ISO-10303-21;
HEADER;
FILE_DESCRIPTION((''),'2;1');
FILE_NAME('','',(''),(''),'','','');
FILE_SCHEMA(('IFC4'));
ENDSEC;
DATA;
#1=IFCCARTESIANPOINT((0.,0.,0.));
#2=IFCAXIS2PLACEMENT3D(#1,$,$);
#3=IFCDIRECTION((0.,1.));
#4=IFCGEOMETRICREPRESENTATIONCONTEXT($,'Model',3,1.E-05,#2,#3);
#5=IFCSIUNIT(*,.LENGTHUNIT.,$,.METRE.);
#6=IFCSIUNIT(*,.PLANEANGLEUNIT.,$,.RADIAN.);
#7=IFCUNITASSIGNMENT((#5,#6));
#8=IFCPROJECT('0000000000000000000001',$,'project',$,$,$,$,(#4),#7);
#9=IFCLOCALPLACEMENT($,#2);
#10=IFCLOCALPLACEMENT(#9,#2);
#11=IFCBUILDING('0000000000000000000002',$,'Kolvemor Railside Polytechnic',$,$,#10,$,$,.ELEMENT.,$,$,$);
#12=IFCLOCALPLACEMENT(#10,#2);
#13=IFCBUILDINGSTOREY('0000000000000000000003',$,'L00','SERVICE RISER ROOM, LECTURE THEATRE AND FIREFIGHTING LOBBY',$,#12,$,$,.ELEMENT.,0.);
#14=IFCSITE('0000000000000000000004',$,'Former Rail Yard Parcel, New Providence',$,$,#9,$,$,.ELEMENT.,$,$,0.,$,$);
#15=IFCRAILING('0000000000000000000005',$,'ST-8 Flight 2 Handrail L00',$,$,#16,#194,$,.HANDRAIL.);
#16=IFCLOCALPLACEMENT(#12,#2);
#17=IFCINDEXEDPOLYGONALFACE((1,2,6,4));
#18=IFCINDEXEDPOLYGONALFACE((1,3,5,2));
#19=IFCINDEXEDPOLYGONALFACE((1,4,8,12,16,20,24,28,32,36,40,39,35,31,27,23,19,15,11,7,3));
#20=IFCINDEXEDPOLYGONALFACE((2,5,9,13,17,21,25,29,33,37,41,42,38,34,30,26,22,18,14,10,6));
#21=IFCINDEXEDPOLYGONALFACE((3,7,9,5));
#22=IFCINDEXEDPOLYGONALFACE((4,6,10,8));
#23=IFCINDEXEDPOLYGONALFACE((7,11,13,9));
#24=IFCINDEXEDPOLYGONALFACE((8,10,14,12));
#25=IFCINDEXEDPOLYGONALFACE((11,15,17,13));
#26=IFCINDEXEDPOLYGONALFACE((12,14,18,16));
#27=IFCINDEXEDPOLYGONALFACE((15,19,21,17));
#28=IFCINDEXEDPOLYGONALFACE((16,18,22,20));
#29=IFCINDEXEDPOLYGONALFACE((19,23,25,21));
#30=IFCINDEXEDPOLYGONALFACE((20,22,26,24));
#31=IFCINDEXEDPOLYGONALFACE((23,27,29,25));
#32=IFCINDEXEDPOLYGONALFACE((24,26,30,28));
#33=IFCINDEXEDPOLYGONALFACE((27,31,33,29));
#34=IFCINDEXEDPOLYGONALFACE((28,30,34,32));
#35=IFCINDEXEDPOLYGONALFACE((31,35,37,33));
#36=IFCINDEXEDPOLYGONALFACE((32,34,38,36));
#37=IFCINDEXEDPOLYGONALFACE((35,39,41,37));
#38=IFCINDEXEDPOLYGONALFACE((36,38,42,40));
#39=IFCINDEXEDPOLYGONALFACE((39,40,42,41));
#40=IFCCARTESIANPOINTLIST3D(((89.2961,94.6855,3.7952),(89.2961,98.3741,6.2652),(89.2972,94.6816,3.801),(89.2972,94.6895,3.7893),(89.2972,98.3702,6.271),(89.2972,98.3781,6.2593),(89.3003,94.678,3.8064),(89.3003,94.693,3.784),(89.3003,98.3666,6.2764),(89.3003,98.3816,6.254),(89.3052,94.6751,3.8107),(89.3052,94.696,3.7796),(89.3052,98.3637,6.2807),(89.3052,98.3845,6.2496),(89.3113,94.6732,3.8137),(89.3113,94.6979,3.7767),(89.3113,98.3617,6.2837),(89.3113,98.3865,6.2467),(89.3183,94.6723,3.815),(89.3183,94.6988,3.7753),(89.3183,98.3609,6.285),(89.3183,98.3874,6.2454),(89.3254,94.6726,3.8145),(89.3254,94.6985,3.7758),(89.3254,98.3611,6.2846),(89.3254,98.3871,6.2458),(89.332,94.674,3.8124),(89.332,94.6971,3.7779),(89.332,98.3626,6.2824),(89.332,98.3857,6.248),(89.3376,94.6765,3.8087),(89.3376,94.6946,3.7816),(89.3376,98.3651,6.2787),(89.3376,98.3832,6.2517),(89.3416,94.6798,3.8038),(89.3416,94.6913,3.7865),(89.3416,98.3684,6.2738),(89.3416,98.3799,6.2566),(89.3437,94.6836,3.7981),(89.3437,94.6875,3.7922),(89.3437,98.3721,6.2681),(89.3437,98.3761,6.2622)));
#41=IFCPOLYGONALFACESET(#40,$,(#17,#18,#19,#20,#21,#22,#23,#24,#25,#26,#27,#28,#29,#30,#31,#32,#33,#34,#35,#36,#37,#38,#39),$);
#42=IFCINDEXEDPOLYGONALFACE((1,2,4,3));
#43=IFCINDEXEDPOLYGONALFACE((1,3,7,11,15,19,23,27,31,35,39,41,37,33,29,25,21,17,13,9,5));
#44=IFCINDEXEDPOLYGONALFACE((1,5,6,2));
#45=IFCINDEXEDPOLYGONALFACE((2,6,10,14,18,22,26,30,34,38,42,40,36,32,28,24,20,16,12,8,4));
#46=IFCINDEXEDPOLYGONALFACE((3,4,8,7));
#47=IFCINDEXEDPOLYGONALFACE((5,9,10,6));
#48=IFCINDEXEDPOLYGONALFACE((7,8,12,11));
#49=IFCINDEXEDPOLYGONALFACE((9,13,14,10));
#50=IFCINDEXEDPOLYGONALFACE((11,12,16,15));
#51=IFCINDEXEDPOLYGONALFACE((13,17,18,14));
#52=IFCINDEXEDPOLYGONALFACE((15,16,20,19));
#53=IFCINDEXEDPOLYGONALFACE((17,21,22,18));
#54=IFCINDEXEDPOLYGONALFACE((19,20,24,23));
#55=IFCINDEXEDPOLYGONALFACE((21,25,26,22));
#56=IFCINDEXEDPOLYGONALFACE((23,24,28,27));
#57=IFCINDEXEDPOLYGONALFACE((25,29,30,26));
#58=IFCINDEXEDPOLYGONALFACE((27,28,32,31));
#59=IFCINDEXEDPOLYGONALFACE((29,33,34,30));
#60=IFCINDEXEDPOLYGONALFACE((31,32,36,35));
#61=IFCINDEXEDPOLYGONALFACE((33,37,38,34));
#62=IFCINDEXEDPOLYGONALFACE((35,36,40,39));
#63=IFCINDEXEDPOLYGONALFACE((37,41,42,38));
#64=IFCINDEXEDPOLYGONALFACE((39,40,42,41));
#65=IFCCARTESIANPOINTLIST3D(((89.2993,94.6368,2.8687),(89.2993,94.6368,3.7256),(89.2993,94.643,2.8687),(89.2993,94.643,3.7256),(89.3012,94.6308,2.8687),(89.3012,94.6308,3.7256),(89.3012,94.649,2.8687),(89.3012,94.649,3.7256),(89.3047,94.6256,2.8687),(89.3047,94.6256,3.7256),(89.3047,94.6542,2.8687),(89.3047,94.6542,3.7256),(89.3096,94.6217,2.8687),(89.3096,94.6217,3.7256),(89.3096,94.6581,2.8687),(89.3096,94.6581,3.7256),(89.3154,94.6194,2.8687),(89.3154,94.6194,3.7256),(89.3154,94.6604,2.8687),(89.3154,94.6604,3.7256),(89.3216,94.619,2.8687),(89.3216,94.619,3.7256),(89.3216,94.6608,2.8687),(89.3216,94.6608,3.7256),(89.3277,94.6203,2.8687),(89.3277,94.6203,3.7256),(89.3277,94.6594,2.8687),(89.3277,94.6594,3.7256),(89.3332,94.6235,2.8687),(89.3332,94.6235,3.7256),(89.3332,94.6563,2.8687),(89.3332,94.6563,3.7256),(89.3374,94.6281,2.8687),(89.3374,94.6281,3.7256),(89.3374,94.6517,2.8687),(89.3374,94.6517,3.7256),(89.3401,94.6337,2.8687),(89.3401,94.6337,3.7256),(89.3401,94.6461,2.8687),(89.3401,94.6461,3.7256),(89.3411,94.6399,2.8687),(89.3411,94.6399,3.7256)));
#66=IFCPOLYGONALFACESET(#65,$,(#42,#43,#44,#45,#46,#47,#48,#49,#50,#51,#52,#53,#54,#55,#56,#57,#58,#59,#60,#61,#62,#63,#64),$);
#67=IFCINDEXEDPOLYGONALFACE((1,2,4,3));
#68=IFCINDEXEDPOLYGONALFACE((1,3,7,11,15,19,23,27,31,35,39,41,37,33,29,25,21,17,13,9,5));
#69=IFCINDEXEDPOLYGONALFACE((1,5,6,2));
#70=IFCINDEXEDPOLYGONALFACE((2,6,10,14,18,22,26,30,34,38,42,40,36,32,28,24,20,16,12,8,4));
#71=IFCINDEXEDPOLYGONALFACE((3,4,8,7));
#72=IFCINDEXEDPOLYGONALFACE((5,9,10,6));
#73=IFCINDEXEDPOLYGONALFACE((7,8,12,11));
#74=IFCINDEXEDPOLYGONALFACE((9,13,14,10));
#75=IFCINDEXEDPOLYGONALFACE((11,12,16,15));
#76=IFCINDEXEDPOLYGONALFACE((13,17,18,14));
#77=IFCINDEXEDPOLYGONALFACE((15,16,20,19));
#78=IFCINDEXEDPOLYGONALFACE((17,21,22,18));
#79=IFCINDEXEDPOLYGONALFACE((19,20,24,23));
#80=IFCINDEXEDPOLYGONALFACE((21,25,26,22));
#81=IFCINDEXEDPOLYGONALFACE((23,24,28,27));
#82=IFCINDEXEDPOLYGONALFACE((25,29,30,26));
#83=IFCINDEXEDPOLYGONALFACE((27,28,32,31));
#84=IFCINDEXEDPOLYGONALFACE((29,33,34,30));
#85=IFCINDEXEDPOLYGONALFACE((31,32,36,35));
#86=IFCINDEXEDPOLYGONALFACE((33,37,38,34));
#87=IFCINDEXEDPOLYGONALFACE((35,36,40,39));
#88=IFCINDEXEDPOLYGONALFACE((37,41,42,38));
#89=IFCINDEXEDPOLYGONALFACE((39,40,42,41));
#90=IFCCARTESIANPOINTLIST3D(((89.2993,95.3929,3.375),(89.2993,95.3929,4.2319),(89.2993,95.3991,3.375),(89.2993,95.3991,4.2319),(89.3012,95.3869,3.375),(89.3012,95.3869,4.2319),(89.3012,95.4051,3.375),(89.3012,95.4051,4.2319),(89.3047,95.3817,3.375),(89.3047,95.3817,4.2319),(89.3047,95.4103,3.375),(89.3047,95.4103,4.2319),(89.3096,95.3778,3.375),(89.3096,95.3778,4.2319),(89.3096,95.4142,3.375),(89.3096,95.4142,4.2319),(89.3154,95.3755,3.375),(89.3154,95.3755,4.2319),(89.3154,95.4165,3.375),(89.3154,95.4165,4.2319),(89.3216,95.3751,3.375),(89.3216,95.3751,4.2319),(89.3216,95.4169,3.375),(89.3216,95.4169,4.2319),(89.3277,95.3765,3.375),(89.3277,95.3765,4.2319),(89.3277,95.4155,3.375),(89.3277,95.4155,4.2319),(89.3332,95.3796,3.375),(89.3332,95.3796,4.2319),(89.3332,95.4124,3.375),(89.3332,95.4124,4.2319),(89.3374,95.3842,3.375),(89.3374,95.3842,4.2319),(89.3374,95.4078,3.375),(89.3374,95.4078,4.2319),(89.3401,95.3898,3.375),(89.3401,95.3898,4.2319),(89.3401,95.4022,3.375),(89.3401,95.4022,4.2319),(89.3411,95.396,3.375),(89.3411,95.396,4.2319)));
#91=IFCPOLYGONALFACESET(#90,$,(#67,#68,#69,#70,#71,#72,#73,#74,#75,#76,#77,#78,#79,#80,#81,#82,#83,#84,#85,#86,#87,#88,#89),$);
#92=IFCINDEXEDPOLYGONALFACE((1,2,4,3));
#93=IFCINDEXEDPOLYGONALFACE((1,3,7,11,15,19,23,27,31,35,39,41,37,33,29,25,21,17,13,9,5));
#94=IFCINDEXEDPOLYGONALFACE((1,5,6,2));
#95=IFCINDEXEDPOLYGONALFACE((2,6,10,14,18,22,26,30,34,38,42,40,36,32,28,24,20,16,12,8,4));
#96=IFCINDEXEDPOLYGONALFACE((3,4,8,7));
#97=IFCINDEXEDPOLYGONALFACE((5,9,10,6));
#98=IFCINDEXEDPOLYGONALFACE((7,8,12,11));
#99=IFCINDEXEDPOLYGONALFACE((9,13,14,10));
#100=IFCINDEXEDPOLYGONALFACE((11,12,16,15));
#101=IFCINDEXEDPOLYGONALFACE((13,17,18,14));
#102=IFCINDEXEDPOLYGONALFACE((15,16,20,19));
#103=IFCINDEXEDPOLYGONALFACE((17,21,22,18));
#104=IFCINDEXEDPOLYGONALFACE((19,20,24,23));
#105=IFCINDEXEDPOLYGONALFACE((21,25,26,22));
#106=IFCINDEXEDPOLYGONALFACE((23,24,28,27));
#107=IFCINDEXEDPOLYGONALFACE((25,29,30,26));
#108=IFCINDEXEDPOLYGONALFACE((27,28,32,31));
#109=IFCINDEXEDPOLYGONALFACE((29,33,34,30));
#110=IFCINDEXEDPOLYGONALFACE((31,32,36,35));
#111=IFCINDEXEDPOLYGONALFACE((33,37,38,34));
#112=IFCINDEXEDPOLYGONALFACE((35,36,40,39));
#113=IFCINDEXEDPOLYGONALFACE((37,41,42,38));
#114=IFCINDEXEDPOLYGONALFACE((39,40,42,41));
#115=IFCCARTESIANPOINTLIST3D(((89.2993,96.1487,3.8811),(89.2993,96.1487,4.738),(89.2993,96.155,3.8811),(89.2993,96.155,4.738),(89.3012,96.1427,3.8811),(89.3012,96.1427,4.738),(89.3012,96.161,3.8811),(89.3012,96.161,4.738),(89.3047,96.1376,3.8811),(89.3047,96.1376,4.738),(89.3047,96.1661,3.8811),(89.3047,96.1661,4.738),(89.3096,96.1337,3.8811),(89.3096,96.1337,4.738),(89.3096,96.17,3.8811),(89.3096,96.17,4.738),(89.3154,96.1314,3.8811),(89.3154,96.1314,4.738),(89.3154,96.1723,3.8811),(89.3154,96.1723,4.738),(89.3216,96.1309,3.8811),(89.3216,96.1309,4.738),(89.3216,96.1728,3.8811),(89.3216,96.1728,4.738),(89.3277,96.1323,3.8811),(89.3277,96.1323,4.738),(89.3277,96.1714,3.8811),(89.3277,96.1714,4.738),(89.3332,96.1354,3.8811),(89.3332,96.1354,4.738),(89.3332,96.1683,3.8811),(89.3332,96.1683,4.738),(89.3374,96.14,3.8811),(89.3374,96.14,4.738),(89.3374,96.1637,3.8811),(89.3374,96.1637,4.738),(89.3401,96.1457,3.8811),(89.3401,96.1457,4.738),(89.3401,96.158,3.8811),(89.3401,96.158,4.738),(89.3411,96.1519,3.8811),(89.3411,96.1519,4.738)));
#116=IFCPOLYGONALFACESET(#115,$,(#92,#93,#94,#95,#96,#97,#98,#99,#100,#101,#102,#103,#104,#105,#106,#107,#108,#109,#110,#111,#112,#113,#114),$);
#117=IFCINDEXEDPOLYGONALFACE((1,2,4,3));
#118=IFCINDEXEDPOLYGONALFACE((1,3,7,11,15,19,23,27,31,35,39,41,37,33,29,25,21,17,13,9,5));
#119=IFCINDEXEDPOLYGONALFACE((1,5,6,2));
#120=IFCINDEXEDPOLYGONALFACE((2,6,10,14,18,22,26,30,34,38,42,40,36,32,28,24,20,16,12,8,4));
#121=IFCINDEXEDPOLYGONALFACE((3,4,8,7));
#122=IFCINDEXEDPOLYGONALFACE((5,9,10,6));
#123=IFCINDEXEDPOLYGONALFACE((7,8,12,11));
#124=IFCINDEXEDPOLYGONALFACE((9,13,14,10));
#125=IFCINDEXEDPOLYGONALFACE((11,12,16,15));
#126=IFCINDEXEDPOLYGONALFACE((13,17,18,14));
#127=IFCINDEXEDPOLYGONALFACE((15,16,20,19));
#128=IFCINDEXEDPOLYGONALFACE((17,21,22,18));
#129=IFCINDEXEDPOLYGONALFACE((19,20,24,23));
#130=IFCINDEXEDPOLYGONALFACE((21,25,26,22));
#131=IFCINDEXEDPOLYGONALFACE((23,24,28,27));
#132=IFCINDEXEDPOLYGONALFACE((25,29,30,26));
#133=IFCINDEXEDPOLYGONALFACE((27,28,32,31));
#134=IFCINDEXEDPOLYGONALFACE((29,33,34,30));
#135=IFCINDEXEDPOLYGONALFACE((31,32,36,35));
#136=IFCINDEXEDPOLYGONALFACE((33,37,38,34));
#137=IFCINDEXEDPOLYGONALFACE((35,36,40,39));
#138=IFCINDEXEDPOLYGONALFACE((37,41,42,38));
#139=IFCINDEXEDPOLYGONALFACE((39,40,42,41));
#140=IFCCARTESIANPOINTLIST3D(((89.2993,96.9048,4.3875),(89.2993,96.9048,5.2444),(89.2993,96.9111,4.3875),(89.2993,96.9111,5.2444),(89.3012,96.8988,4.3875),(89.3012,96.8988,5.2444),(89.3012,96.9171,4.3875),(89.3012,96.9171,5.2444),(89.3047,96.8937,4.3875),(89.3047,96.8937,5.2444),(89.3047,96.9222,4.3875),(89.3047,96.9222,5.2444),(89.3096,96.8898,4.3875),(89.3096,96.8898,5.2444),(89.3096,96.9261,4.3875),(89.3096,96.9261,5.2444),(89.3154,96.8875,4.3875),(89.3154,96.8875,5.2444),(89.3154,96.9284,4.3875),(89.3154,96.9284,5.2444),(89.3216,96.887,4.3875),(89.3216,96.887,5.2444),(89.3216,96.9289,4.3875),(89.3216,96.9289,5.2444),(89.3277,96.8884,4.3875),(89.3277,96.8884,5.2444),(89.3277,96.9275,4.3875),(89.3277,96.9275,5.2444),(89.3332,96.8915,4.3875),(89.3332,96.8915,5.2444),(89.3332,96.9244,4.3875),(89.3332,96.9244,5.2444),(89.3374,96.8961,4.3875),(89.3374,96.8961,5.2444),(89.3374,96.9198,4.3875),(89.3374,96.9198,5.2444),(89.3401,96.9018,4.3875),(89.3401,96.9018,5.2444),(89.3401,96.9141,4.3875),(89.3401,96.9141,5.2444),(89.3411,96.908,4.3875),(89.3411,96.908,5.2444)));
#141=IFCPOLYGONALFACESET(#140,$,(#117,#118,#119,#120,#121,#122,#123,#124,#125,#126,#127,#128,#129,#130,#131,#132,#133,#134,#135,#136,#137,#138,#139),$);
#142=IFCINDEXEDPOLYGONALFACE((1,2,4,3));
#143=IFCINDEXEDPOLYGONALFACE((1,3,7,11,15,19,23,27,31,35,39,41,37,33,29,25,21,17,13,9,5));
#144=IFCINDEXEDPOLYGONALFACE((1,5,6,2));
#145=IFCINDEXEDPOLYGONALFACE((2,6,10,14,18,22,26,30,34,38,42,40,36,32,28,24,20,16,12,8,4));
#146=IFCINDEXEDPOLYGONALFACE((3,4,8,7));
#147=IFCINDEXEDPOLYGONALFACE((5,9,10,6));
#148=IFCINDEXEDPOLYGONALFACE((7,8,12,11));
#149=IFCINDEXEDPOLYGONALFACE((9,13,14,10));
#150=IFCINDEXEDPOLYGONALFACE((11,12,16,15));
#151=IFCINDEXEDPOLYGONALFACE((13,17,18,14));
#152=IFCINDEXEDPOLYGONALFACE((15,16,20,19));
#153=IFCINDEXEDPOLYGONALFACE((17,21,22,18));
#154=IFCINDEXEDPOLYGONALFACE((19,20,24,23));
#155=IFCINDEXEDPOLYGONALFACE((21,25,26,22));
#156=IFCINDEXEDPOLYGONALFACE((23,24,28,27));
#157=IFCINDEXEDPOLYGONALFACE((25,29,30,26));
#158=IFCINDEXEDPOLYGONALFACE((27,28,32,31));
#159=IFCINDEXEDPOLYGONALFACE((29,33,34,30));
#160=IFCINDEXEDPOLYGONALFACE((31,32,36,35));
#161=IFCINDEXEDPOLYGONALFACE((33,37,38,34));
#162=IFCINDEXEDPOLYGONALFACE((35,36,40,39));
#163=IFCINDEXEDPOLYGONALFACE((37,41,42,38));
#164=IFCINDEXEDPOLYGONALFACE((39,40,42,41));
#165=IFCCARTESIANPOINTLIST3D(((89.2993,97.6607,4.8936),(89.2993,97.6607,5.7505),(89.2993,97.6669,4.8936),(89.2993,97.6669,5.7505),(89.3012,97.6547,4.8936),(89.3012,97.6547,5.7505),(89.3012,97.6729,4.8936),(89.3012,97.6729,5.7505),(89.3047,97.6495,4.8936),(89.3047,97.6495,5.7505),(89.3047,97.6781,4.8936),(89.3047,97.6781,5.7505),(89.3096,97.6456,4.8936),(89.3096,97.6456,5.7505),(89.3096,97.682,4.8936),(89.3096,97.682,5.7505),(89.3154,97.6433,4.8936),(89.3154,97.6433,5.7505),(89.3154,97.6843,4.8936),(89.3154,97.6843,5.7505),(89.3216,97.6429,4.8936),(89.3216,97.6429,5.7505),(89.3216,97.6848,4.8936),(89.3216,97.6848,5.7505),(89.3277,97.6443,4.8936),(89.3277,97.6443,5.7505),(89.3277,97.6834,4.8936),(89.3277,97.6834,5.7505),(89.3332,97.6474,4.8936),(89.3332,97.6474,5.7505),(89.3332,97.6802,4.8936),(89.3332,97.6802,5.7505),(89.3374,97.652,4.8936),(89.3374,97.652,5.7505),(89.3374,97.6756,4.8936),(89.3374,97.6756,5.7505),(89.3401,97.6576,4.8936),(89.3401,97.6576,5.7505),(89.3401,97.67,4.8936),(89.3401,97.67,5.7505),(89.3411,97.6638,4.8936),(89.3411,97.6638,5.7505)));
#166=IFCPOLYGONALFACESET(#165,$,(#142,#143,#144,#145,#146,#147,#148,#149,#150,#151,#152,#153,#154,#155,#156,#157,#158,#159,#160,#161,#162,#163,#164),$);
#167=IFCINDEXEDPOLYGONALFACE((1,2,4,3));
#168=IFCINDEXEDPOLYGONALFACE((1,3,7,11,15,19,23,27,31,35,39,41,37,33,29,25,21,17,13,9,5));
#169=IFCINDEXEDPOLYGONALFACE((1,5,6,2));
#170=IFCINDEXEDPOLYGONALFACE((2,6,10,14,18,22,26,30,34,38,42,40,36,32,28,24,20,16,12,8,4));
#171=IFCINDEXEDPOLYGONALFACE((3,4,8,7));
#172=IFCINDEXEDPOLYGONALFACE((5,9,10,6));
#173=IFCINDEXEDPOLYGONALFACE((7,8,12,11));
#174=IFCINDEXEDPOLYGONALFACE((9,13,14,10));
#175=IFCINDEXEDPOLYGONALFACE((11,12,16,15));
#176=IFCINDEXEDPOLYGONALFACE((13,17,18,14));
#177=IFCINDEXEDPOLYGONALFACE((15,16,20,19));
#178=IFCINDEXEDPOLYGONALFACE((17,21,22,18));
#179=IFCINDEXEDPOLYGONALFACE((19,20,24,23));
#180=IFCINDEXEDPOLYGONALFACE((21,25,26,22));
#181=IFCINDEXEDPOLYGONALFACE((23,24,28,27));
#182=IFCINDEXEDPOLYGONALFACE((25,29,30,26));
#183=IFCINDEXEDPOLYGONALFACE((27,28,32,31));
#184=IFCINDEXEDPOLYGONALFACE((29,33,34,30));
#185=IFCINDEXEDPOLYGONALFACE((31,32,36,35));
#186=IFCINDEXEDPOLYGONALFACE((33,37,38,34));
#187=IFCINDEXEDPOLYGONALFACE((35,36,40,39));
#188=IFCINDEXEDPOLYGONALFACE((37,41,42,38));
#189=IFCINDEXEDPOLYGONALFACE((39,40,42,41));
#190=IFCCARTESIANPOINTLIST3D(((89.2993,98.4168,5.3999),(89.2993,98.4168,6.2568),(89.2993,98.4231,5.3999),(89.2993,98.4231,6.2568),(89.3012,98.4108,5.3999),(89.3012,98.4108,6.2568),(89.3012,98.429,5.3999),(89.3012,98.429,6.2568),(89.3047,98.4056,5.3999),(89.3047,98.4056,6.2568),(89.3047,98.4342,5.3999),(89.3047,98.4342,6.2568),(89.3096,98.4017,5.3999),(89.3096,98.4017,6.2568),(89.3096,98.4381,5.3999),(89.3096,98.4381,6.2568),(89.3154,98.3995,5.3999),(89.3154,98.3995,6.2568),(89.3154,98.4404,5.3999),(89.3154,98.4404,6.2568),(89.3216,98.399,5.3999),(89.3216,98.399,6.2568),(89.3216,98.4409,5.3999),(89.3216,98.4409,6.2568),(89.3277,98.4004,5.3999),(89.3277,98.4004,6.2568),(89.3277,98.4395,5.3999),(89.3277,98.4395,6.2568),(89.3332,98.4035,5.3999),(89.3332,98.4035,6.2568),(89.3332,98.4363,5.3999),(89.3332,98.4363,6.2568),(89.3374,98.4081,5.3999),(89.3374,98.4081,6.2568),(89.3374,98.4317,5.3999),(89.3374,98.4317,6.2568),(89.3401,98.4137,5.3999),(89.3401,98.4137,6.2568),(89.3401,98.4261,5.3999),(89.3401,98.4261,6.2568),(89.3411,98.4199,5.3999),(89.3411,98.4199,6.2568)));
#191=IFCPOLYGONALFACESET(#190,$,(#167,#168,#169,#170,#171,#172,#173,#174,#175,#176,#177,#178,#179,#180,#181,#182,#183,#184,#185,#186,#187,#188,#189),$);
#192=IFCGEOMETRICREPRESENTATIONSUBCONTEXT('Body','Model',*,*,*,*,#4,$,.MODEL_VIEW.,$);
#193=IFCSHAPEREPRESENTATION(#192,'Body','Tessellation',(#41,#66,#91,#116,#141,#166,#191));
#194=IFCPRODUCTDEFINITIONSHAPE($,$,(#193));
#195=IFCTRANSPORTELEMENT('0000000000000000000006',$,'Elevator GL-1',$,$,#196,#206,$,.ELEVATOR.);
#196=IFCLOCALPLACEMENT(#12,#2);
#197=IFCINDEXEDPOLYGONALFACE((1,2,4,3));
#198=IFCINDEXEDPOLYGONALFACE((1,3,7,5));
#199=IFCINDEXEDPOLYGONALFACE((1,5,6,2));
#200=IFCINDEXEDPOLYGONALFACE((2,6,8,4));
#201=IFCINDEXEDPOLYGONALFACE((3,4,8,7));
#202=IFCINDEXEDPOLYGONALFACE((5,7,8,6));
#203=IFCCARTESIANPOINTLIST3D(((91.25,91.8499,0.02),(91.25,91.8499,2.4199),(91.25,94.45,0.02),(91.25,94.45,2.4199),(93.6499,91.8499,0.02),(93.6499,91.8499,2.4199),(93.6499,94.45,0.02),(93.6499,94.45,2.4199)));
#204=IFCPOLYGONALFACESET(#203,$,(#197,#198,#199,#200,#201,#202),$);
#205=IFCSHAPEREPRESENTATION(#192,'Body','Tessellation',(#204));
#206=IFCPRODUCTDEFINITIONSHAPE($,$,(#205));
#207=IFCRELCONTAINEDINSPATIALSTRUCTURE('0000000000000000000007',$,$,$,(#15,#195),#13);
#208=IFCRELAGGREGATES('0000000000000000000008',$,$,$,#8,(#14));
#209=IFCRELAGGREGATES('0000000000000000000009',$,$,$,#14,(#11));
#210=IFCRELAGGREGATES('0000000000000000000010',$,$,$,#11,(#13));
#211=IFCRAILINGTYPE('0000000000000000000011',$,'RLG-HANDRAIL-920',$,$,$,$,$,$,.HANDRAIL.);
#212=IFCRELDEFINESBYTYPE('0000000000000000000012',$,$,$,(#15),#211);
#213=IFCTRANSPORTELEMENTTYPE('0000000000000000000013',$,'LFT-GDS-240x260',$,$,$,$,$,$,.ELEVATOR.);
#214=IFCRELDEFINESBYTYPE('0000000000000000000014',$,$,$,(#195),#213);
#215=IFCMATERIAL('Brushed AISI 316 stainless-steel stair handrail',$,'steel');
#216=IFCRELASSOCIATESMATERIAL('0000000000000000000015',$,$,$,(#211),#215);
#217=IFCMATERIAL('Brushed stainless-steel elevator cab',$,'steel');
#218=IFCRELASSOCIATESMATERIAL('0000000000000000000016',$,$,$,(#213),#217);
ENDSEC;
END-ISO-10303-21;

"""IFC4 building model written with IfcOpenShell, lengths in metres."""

from ifc_helpers import new_model, si_unit, direction, frame, origin, origin_2d, place, context, subcontext, project, spatial, rectangle, circle, extrude, material, type_object, element, save


model = new_model("IFC4")

# Units and contexts
model_context = context("Model", 3, precision=1e-05, world=origin(), true_north=direction((0.0, 1.0)))
body_context = subcontext(model_context, "Body", "Model", "MODEL_VIEW")
ifc_project = project(units=[si_unit("LENGTHUNIT", "METRE"), si_unit("PLANEANGLEUNIT", "RADIAN")], contexts=[model_context])

# Site, building, storey
site_placement = place(None, origin())
site = spatial("IfcSite", under=ifc_project, at=site_placement, Name="Former Rail Yard Parcel, New Providence", CompositionType="ELEMENT", RefElevation=0.0)
building_placement = place(site_placement, origin())
building = spatial("IfcBuilding", under=site, at=building_placement, Name="Kolvemor Railside Polytechnic", CompositionType="ELEMENT")
storey_placement = place(building_placement, origin())
storey = spatial("IfcBuildingStorey", under=building, at=storey_placement, Name="L00", Description="SERVICE RISER ROOM, LECTURE THEATRE AND FIREFIGHTING LOBBY", CompositionType="ELEMENT", Elevation=0.0)

# Railing
ifc_material_1 = material(Name="Brushed AISI 316 stainless-steel stair handrail", Category="steel")
railing_type_1 = type_object("IfcRailingType", Name="RLG-HANDRAIL-920", PredefinedType="HANDRAIL", material=ifc_material_1)
railing_1_placement = place(storey_placement, frame((89.3201, 94.6399, 2.8687)))
element("IfcRailing", 1, at=railing_1_placement, inside=storey, type_object=railing_type_1, Name="ST-8 Flight 2 Handrail L00", PredefinedType="HANDRAIL", context=body_context, shape_type="SweptSolid", body=[
    extrude(circle(Radius=0.0239, at=origin_2d()), frame((0.0, 0.0457, 0.9265), z_axis=(0.0, 0.830909, 0.556408), x_axis=(-1.0, 0.0, 0.0)), (0.0, 0.0, 1.0), 4.4392),
    extrude(circle(Radius=0.021, at=origin_2d()), origin(), (0.0, 0.0, 1.0), 0.8569),
    extrude(circle(Radius=0.021, at=origin_2d()), frame((0.0, 0.7561, 0.5063)), (0.0, 0.0, 1.0), 0.8569),
    extrude(circle(Radius=0.021, at=origin_2d()), frame((0.0, 1.512, 1.0125)), (0.0, 0.0, 1.0), 0.8569),
    extrude(circle(Radius=0.021, at=origin_2d()), frame((0.0, 2.2681, 1.5188)), (0.0, 0.0, 1.0), 0.8569),
    extrude(circle(Radius=0.021, at=origin_2d()), frame((0.0, 3.0239, 2.0249)), (0.0, 0.0, 1.0), 0.8569),
    extrude(circle(Radius=0.021, at=origin_2d()), frame((0.0, 3.78, 2.5312)), (0.0, 0.0, 1.0), 0.8569),
])

# Transport element
ifc_material_2 = material(Name="Brushed stainless-steel elevator cab", Category="steel")
transport_element_type = type_object("IfcTransportElementType", Name="LFT-GDS-240x260", PredefinedType="ELEVATOR", material=ifc_material_2)
transport_element_placement = place(storey_placement, frame((92.45, 93.1499, 0.02), z_axis=(0.0, 0.0, 1.0), x_axis=(1.0, 0.0, 0.0)))
element("IfcTransportElement", 2, at=transport_element_placement, inside=storey, type_object=transport_element_type, Name="Elevator GL-1", PredefinedType="ELEVATOR", context=body_context, shape_type="SweptSolid", body=[
    extrude(rectangle(XDim=2.3999, YDim=2.6001, at=origin_2d()), origin(), (0.0, 0.0, 1.0), 2.3999),
])

save(model, "model.ifc")
